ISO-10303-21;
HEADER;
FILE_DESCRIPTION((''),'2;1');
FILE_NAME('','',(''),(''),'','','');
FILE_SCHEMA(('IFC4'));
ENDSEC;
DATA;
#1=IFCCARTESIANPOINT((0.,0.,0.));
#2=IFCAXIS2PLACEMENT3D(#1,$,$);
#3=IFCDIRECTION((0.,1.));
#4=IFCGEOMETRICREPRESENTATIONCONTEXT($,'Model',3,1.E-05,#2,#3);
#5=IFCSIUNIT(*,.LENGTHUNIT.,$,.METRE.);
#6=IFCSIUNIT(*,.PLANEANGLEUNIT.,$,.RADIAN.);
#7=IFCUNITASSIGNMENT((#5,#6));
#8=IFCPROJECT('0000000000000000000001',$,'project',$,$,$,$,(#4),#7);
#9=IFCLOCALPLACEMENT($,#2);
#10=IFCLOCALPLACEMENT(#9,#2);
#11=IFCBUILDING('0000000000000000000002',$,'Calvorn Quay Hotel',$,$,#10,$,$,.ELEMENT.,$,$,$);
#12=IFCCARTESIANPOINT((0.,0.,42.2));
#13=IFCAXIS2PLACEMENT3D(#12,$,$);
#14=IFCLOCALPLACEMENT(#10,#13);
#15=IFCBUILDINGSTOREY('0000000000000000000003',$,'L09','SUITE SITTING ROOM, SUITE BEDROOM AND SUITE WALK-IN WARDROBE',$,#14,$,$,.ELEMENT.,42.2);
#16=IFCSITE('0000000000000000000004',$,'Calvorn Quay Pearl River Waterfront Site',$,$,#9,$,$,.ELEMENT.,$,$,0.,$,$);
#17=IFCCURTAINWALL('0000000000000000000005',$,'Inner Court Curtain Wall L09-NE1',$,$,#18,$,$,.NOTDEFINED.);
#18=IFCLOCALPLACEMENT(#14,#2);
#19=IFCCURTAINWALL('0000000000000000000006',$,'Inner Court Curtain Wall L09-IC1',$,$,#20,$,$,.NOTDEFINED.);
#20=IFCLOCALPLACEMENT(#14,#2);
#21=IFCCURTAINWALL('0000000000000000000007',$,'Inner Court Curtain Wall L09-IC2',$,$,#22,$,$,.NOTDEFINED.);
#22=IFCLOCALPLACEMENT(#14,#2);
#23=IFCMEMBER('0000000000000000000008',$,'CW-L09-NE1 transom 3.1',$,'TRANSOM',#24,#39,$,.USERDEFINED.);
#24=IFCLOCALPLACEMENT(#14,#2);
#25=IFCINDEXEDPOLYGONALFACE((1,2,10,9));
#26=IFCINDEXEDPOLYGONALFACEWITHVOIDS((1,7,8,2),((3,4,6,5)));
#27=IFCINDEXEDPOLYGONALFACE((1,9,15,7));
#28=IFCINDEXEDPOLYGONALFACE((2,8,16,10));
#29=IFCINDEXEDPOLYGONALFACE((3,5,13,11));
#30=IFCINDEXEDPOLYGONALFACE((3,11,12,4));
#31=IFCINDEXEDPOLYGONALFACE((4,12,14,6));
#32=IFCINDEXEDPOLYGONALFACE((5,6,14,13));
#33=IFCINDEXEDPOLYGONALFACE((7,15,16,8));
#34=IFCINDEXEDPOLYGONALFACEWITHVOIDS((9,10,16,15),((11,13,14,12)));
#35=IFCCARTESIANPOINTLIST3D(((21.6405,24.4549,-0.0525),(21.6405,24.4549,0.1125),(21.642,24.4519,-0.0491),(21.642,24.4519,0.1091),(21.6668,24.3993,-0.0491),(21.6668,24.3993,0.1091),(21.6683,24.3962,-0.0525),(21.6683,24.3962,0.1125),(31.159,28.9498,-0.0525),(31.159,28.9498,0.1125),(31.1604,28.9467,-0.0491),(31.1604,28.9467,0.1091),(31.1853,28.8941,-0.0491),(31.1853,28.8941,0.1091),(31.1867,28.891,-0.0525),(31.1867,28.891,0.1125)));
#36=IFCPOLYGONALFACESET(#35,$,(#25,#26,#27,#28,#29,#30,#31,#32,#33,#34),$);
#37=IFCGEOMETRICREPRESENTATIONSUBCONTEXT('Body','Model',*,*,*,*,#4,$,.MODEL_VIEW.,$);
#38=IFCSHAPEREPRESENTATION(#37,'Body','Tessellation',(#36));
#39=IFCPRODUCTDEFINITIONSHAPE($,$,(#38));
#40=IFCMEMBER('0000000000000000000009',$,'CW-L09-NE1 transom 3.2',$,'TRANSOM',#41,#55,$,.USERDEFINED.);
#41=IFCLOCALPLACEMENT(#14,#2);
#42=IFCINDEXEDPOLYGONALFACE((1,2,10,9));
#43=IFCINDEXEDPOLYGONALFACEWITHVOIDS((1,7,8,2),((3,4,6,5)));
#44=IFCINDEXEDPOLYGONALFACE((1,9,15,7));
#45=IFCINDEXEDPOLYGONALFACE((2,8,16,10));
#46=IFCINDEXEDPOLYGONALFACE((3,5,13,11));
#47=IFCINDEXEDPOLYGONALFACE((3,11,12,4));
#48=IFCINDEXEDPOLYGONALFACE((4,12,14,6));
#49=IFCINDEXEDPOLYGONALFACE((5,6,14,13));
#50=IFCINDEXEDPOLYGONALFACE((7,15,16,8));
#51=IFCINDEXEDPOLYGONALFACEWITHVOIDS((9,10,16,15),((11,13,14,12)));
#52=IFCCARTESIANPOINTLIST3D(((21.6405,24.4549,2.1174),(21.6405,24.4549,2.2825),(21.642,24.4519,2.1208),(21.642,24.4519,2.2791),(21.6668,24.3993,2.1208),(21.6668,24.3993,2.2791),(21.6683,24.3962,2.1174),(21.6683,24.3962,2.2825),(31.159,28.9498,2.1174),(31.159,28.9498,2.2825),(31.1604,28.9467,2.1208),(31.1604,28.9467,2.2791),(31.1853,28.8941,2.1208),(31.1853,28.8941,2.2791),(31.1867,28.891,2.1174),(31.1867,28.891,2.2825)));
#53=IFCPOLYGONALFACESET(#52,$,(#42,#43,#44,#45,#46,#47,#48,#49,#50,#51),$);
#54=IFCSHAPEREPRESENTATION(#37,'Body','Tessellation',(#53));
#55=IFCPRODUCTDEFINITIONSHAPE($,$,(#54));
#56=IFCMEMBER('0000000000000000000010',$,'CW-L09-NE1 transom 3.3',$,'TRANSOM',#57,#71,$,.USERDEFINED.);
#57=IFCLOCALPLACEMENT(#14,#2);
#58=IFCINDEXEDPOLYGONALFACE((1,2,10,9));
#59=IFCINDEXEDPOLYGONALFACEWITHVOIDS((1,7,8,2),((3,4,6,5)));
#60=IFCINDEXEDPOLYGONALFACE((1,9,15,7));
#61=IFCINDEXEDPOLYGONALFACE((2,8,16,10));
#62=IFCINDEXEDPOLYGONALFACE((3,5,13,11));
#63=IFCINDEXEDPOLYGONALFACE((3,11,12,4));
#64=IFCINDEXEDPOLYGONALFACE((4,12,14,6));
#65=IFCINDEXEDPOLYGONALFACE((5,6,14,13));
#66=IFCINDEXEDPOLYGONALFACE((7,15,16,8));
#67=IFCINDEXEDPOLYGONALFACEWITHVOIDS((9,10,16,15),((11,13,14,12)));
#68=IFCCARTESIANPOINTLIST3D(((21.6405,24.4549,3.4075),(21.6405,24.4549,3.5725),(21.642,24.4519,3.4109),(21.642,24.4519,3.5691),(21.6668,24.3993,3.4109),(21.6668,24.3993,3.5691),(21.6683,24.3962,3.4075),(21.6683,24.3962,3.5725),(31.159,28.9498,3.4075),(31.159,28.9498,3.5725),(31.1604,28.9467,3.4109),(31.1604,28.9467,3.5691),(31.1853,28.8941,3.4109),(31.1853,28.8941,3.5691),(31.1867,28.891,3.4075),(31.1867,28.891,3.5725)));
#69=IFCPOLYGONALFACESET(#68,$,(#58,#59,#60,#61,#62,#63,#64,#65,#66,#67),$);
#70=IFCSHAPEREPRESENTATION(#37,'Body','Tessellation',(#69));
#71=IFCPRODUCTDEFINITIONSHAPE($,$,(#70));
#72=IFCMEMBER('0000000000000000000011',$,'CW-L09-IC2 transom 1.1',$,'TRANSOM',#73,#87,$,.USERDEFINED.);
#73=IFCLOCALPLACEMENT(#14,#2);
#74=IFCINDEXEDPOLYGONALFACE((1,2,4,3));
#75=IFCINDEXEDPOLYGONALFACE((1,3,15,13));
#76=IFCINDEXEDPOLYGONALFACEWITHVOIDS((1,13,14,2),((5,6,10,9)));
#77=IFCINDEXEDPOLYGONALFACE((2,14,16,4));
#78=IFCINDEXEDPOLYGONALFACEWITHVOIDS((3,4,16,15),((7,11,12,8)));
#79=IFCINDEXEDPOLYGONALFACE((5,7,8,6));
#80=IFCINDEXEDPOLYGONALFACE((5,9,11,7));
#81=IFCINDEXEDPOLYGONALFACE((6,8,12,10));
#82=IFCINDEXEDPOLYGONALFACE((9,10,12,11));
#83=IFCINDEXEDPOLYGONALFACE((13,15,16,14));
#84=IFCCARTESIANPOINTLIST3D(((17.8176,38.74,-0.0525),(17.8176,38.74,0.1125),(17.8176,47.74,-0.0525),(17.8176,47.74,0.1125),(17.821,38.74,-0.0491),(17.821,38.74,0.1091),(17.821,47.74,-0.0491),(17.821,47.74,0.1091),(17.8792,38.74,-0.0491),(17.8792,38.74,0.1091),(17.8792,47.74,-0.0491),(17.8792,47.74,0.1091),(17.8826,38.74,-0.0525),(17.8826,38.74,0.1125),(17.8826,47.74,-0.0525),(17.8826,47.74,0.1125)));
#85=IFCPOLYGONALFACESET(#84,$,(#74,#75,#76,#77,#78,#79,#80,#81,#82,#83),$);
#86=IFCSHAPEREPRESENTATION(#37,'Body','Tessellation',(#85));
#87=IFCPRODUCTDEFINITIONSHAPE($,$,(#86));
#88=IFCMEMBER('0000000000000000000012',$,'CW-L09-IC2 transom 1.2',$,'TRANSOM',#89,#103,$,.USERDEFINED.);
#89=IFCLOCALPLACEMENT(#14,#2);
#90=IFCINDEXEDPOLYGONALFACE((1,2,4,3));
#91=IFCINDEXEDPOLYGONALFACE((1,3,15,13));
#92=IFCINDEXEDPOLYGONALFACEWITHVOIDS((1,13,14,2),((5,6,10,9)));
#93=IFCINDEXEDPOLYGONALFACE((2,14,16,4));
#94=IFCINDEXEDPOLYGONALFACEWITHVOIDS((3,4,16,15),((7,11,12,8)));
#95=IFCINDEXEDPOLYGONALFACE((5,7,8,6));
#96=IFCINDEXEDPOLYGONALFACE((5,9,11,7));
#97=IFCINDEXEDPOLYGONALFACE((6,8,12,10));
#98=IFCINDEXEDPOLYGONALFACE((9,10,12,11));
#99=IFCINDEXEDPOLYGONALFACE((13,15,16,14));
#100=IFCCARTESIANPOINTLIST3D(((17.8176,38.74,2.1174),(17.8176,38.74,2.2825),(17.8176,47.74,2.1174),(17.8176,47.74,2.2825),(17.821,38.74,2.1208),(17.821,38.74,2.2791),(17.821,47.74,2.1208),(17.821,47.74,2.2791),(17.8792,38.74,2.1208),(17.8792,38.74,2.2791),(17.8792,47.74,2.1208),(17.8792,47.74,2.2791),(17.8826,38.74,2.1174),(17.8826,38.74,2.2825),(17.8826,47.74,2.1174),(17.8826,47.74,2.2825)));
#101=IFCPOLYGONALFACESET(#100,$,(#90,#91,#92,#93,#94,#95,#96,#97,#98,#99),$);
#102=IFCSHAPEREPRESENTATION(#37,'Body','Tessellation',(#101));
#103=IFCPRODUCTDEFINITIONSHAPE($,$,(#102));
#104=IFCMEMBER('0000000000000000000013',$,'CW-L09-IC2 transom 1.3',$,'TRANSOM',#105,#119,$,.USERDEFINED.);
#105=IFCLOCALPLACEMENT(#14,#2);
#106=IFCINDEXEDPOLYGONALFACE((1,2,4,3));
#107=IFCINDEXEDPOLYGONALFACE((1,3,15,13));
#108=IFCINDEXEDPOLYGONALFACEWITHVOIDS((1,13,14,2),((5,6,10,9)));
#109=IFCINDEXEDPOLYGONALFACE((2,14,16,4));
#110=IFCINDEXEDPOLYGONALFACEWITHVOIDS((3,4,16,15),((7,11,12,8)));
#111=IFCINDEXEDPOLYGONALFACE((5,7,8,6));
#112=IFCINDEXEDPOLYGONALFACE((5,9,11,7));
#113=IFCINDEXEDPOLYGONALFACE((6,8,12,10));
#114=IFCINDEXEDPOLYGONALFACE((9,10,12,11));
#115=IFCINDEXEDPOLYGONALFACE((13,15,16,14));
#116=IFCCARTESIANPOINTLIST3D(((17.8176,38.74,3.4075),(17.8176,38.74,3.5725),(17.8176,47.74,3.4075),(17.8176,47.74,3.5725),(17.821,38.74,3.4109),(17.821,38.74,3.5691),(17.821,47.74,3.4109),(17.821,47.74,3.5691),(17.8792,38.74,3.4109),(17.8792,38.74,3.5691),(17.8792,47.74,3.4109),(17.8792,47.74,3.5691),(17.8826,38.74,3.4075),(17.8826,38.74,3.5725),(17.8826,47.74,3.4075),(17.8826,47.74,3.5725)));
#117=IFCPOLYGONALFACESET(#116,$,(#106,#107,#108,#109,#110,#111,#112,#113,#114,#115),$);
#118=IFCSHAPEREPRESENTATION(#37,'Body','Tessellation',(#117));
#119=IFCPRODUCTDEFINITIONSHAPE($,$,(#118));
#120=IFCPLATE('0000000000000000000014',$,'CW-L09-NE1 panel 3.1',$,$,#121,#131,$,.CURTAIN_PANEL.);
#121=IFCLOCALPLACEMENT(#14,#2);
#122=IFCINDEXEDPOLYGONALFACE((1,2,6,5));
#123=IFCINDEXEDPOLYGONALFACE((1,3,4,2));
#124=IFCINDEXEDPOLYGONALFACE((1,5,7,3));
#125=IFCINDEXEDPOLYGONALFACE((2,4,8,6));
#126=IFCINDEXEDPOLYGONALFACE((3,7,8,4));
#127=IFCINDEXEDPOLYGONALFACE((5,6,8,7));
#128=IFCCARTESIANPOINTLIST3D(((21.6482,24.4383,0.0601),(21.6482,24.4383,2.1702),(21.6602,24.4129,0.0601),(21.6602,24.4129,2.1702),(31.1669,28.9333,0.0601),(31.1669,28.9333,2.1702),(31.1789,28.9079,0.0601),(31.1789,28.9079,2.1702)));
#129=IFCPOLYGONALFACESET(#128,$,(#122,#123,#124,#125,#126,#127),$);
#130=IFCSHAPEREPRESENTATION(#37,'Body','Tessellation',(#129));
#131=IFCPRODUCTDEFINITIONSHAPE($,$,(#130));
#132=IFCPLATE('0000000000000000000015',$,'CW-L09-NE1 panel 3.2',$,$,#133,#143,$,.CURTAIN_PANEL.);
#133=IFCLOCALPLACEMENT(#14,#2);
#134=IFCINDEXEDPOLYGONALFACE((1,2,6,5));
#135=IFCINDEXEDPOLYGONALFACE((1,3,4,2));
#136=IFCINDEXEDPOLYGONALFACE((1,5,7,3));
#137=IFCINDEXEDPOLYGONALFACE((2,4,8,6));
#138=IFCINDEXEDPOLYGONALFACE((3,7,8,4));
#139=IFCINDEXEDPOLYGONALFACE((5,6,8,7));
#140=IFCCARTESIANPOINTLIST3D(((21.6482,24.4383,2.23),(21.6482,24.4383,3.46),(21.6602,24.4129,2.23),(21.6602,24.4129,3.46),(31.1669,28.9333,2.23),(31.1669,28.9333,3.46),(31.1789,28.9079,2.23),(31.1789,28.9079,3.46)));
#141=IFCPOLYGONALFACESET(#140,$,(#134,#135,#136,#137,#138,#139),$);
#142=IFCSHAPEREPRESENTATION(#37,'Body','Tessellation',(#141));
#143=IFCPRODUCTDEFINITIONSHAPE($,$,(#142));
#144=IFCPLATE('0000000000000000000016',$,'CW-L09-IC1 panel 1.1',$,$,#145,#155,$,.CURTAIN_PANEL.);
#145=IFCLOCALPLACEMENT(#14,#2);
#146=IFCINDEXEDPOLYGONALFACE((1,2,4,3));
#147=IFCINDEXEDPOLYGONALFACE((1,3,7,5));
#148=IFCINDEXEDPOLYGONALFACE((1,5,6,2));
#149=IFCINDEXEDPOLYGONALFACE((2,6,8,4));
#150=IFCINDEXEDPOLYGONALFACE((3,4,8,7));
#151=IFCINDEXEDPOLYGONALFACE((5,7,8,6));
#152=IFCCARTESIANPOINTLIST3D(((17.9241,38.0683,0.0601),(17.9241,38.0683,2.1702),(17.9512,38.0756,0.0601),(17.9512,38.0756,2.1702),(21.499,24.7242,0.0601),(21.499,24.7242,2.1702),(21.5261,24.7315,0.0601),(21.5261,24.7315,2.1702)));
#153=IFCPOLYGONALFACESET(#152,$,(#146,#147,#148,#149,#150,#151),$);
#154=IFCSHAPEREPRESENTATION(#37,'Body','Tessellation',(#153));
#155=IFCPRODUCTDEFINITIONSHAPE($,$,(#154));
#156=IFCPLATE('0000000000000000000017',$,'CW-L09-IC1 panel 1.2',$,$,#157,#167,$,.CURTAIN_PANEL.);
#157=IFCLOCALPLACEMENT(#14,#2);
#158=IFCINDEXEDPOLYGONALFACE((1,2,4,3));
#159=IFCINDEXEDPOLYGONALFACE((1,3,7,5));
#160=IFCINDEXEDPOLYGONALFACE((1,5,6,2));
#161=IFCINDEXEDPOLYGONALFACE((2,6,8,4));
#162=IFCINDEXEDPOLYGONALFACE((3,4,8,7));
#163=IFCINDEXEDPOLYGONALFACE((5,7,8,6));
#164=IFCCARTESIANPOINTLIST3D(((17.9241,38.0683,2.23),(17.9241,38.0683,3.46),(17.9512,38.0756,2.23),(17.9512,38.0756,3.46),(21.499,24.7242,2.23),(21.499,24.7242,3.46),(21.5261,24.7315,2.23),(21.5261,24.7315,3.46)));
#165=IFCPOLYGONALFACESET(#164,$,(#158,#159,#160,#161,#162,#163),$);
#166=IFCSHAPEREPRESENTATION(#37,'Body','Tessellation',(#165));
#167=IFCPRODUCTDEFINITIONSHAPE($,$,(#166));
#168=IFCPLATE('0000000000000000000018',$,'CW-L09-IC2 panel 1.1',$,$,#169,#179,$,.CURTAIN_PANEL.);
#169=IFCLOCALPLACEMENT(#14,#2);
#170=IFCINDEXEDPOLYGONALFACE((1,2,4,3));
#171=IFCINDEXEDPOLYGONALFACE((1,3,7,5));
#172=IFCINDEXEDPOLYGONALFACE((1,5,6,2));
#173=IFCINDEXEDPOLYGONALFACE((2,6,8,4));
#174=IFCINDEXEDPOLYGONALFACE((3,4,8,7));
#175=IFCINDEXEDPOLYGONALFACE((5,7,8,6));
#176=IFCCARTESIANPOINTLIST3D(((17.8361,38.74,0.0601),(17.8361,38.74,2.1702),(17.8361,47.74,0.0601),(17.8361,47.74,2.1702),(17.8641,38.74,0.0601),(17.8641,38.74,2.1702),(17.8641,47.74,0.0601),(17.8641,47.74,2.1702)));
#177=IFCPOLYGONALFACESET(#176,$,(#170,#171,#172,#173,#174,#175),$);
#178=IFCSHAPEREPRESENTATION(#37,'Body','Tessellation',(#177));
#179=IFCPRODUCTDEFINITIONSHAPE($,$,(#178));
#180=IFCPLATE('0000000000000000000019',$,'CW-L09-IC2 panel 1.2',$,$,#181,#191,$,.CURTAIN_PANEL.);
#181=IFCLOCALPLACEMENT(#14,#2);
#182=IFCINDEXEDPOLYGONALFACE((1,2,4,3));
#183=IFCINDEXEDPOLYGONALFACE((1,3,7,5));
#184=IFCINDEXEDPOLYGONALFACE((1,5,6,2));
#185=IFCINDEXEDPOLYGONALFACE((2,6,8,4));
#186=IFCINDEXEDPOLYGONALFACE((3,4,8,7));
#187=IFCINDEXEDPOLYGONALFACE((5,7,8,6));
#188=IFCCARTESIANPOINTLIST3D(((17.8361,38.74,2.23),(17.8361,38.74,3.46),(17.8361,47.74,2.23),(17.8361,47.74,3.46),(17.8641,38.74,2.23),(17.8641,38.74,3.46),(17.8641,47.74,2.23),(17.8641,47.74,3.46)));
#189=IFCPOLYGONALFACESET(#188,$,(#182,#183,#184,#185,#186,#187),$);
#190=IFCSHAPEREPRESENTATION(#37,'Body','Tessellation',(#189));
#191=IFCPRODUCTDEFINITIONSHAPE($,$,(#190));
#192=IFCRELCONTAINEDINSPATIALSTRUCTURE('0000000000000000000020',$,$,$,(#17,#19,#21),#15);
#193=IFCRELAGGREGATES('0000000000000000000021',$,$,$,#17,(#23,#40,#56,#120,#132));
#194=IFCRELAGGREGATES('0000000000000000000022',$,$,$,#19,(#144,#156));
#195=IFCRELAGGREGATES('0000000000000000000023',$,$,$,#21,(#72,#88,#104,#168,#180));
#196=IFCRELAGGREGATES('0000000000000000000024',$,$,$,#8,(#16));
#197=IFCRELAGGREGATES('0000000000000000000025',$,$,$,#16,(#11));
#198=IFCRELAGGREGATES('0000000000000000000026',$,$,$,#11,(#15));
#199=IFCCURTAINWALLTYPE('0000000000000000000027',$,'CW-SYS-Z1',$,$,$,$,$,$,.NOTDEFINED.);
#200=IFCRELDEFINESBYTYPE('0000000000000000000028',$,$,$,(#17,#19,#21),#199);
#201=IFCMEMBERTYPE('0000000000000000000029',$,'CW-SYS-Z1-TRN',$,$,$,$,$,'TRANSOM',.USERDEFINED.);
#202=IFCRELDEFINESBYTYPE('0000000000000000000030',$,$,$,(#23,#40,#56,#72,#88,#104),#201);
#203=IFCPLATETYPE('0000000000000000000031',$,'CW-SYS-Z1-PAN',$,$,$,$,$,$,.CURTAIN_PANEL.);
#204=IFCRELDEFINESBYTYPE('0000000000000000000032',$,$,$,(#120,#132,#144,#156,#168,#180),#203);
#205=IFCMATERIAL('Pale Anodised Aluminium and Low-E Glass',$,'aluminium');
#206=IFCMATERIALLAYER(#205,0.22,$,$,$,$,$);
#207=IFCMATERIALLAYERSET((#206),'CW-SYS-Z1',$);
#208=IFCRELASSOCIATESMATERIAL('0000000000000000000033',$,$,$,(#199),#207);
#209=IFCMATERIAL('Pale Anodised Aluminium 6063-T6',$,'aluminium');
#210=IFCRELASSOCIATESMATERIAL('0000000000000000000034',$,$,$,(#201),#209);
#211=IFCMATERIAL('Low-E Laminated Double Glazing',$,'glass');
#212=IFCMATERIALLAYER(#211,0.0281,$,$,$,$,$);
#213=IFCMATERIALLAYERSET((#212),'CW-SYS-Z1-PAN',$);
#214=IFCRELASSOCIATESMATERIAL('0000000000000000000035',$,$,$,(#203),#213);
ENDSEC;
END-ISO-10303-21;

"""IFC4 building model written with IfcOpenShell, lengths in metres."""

from ifc_helpers import new_model, si_unit, direction, frame, origin, origin_2d, place, context, subcontext, project, spatial, rectangle, hollow_rectangle, extrude, material, layer, layer_set, material_profile, profile_set, type_object, element, aggregate, save


model = new_model("IFC4")

# Units and contexts
model_context = context("Model", 3, precision=1e-05, world=origin(), true_north=direction((0.0, 1.0)))
body_context = subcontext(model_context, "Body", "Model", "MODEL_VIEW")
ifc_project = project(units=[si_unit("LENGTHUNIT", "METRE"), si_unit("PLANEANGLEUNIT", "RADIAN")], contexts=[model_context])

# Site, building, storey
site_placement = place(None, origin())
site = spatial("IfcSite", under=ifc_project, at=site_placement, Name="Calvorn Quay Pearl River Waterfront Site", CompositionType="ELEMENT", RefElevation=0.0)
building_placement = place(site_placement, origin())
building = spatial("IfcBuilding", under=site, at=building_placement, Name="Calvorn Quay Hotel", CompositionType="ELEMENT")
storey_placement = place(building_placement, frame((0.0, 0.0, 42.2)))
storey = spatial("IfcBuildingStorey", under=building, at=storey_placement, Name="L09", Description="SUITE SITTING ROOM, SUITE BEDROOM AND SUITE WALK-IN WARDROBE", CompositionType="ELEMENT", Elevation=42.2)

# Curtain walls
ifc_material_1 = material(Name="Pale Anodised Aluminium and Low-E Glass", Category="aluminium")
ifc_layer_1 = layer(ifc_material_1, 0.22)
ifc_layer_set_1 = layer_set([ifc_layer_1], Name="CW-SYS-Z1")
curtain_wall_type = type_object("IfcCurtainWallType", Name="CW-SYS-Z1", PredefinedType="NOTDEFINED", material=ifc_layer_set_1)
curtain_wall_1_placement = place(storey_placement, origin())
curtain_wall_1 = element("IfcCurtainWall", 1, at=curtain_wall_1_placement, inside=storey, type_object=curtain_wall_type, Name="Inner Court Curtain Wall L09-NE1", PredefinedType="NOTDEFINED")
curtain_wall_2_placement = place(storey_placement, origin())
curtain_wall_2 = element("IfcCurtainWall", 2, at=curtain_wall_2_placement, inside=storey, type_object=curtain_wall_type, Name="Inner Court Curtain Wall L09-IC1", PredefinedType="NOTDEFINED")

# Curtain wall
curtain_wall_3_placement = place(storey_placement, origin())
curtain_wall_3 = element("IfcCurtainWall", 3, at=curtain_wall_3_placement, inside=storey, type_object=curtain_wall_type, Name="Inner Court Curtain Wall L09-IC2", PredefinedType="NOTDEFINED")

# Members
ifc_material_2 = material(Name="Pale Anodised Aluminium 6063-T6", Category="aluminium")
ifc_material_profile_1 = material_profile(ifc_material_2, hollow_rectangle(XDim=0.0649, YDim=0.165, WallThickness=0.0034, at=origin_2d()), Name="ALU-T165x65x3.5")
ifc_profile_set_1 = profile_set([ifc_material_profile_1], Name="Pale Anodised Aluminium 6063-T6")
member_type_1 = type_object("IfcMemberType", Name="CW-SYS-Z1-TRN", ElementType="TRANSOM", PredefinedType="USERDEFINED", material=ifc_profile_set_1)
member_1_placement = place(storey_placement, frame((31.1729, 28.9204, 0.03), z_axis=(-0.904249, -0.427006, 0.0), x_axis=(0.427006, -0.904249, 0.0)))
member_1 = element("IfcMember", 4, at=member_1_placement, type_object=member_type_1, Name="CW-L09-NE1 transom 3.1", ObjectType="TRANSOM", PredefinedType="USERDEFINED", context=body_context, shape_type="SweptSolid", body=[
    extrude(hollow_rectangle(XDim=0.0649, YDim=0.165, WallThickness=0.0034, at=origin_2d()), origin(), (0.0, 0.0, 1.0), 10.5264),
])
member_2_placement = place(storey_placement, frame((31.1729, 28.9204, 2.2), z_axis=(-0.904249, -0.427006, 0.0), x_axis=(0.427006, -0.904249, 0.0)))
member_2 = element("IfcMember", 5, at=member_2_placement, type_object=member_type_1, Name="CW-L09-NE1 transom 3.2", ObjectType="TRANSOM", PredefinedType="USERDEFINED", context=body_context, shape_type="SweptSolid", body=[
    extrude(hollow_rectangle(XDim=0.0649, YDim=0.165, WallThickness=0.0034, at=origin_2d()), origin(), (0.0, 0.0, 1.0), 10.5264),
])
member_3_placement = place(storey_placement, frame((31.1729, 28.9204, 3.49), z_axis=(-0.904249, -0.427006, 0.0), x_axis=(0.427006, -0.904249, 0.0)))
member_3 = element("IfcMember", 6, at=member_3_placement, type_object=member_type_1, Name="CW-L09-NE1 transom 3.3", ObjectType="TRANSOM", PredefinedType="USERDEFINED", context=body_context, shape_type="SweptSolid", body=[
    extrude(hollow_rectangle(XDim=0.0649, YDim=0.165, WallThickness=0.0034, at=origin_2d()), origin(), (0.0, 0.0, 1.0), 10.5264),
])
member_4_placement = place(storey_placement, frame((17.8501, 38.74, 0.03), z_axis=(0.0, 1.0, 0.0), x_axis=(-1.0, 0.0, 0.0)))
member_4 = element("IfcMember", 7, at=member_4_placement, type_object=member_type_1, Name="CW-L09-IC2 transom 1.1", ObjectType="TRANSOM", PredefinedType="USERDEFINED", context=body_context, shape_type="SweptSolid", body=[
    extrude(hollow_rectangle(XDim=0.0649, YDim=0.165, WallThickness=0.0034, at=origin_2d()), origin(), (0.0, 0.0, 1.0), 9.0),
])
member_5_placement = place(storey_placement, frame((17.8501, 38.74, 2.2), z_axis=(0.0, 1.0, 0.0), x_axis=(-1.0, 0.0, 0.0)))
member_5 = element("IfcMember", 8, at=member_5_placement, type_object=member_type_1, Name="CW-L09-IC2 transom 1.2", ObjectType="TRANSOM", PredefinedType="USERDEFINED", context=body_context, shape_type="SweptSolid", body=[
    extrude(hollow_rectangle(XDim=0.0649, YDim=0.165, WallThickness=0.0034, at=origin_2d()), origin(), (0.0, 0.0, 1.0), 9.0),
])
member_6_placement = place(storey_placement, frame((17.8501, 38.74, 3.49), z_axis=(0.0, 1.0, 0.0), x_axis=(-1.0, 0.0, 0.0)))
member_6 = element("IfcMember", 9, at=member_6_placement, type_object=member_type_1, Name="CW-L09-IC2 transom 1.3", ObjectType="TRANSOM", PredefinedType="USERDEFINED", context=body_context, shape_type="SweptSolid", body=[
    extrude(hollow_rectangle(XDim=0.0649, YDim=0.165, WallThickness=0.0034, at=origin_2d()), origin(), (0.0, 0.0, 1.0), 9.0),
])

# Plates
ifc_material_3 = material(Name="Low-E Laminated Double Glazing", Category="glass")
ifc_layer_2 = layer(ifc_material_3, 0.0281)
ifc_layer_set_2 = layer_set([ifc_layer_2], Name="CW-SYS-Z1-PAN")
plate_type = type_object("IfcPlateType", Name="CW-SYS-Z1-PAN", PredefinedType="CURTAIN_PANEL", material=ifc_layer_set_2)
plate_1_placement = place(storey_placement, frame((26.4136, 26.6731, 0.0601), z_axis=(0.0, 0.0, 1.0), x_axis=(-0.904249, -0.427006, 0.0)))
plate_1 = element("IfcPlate", 10, at=plate_1_placement, type_object=plate_type, Name="CW-L09-NE1 panel 3.1", PredefinedType="CURTAIN_PANEL", context=body_context, shape_type="SweptSolid", body=[
    extrude(rectangle(XDim=10.5266, YDim=0.0281, at=origin_2d()), origin(), (0.0, 0.0, 1.0), 2.1101),
])
plate_2_placement = place(storey_placement, frame((26.4136, 26.6731, 2.23), z_axis=(0.0, 0.0, 1.0), x_axis=(-0.904249, -0.427006, 0.0)))
plate_2 = element("IfcPlate", 11, at=plate_2_placement, type_object=plate_type, Name="CW-L09-NE1 panel 3.2", PredefinedType="CURTAIN_PANEL", context=body_context, shape_type="SweptSolid", body=[
    extrude(rectangle(XDim=10.5266, YDim=0.0281, at=origin_2d()), origin(), (0.0, 0.0, 1.0), 1.23),
])
aggregate(curtain_wall_1, [member_1, member_2, member_3, plate_1, plate_2])
plate_3_placement = place(storey_placement, frame((19.7251, 31.3999, 0.0601), z_axis=(0.0, 0.0, 1.0), x_axis=(-0.258779, 0.965937, 0.0)))
plate_3 = element("IfcPlate", 12, at=plate_3_placement, type_object=plate_type, Name="CW-L09-IC1 panel 1.1", PredefinedType="CURTAIN_PANEL", context=body_context, shape_type="SweptSolid", body=[
    extrude(rectangle(XDim=13.8147, YDim=0.0281, at=origin_2d()), origin(), (0.0, 0.0, 1.0), 2.1101),
])
plate_4_placement = place(storey_placement, frame((19.7251, 31.3999, 2.23), z_axis=(0.0, 0.0, 1.0), x_axis=(-0.258779, 0.965937, 0.0)))
plate_4 = element("IfcPlate", 13, at=plate_4_placement, type_object=plate_type, Name="CW-L09-IC1 panel 1.2", PredefinedType="CURTAIN_PANEL", context=body_context, shape_type="SweptSolid", body=[
    extrude(rectangle(XDim=13.8147, YDim=0.0281, at=origin_2d()), origin(), (0.0, 0.0, 1.0), 1.23),
])
aggregate(curtain_wall_2, [plate_3, plate_4])
plate_5_placement = place(storey_placement, frame((17.8501, 43.24, 0.0601), z_axis=(0.0, 0.0, 1.0), x_axis=(0.0, 1.0, 0.0)))
plate_5 = element("IfcPlate", 14, at=plate_5_placement, type_object=plate_type, Name="CW-L09-IC2 panel 1.1", PredefinedType="CURTAIN_PANEL", context=body_context, shape_type="SweptSolid", body=[
    extrude(rectangle(XDim=9.0, YDim=0.0281, at=origin_2d()), origin(), (0.0, 0.0, 1.0), 2.1101),
])
plate_6_placement = place(storey_placement, frame((17.8501, 43.24, 2.23), z_axis=(0.0, 0.0, 1.0), x_axis=(0.0, 1.0, 0.0)))
plate_6 = element("IfcPlate", 15, at=plate_6_placement, type_object=plate_type, Name="CW-L09-IC2 panel 1.2", PredefinedType="CURTAIN_PANEL", context=body_context, shape_type="SweptSolid", body=[
    extrude(rectangle(XDim=9.0, YDim=0.0281, at=origin_2d()), origin(), (0.0, 0.0, 1.0), 1.23),
])
aggregate(curtain_wall_3, [member_4, member_5, member_6, plate_5, plate_6])

save(model, "model.ifc")
